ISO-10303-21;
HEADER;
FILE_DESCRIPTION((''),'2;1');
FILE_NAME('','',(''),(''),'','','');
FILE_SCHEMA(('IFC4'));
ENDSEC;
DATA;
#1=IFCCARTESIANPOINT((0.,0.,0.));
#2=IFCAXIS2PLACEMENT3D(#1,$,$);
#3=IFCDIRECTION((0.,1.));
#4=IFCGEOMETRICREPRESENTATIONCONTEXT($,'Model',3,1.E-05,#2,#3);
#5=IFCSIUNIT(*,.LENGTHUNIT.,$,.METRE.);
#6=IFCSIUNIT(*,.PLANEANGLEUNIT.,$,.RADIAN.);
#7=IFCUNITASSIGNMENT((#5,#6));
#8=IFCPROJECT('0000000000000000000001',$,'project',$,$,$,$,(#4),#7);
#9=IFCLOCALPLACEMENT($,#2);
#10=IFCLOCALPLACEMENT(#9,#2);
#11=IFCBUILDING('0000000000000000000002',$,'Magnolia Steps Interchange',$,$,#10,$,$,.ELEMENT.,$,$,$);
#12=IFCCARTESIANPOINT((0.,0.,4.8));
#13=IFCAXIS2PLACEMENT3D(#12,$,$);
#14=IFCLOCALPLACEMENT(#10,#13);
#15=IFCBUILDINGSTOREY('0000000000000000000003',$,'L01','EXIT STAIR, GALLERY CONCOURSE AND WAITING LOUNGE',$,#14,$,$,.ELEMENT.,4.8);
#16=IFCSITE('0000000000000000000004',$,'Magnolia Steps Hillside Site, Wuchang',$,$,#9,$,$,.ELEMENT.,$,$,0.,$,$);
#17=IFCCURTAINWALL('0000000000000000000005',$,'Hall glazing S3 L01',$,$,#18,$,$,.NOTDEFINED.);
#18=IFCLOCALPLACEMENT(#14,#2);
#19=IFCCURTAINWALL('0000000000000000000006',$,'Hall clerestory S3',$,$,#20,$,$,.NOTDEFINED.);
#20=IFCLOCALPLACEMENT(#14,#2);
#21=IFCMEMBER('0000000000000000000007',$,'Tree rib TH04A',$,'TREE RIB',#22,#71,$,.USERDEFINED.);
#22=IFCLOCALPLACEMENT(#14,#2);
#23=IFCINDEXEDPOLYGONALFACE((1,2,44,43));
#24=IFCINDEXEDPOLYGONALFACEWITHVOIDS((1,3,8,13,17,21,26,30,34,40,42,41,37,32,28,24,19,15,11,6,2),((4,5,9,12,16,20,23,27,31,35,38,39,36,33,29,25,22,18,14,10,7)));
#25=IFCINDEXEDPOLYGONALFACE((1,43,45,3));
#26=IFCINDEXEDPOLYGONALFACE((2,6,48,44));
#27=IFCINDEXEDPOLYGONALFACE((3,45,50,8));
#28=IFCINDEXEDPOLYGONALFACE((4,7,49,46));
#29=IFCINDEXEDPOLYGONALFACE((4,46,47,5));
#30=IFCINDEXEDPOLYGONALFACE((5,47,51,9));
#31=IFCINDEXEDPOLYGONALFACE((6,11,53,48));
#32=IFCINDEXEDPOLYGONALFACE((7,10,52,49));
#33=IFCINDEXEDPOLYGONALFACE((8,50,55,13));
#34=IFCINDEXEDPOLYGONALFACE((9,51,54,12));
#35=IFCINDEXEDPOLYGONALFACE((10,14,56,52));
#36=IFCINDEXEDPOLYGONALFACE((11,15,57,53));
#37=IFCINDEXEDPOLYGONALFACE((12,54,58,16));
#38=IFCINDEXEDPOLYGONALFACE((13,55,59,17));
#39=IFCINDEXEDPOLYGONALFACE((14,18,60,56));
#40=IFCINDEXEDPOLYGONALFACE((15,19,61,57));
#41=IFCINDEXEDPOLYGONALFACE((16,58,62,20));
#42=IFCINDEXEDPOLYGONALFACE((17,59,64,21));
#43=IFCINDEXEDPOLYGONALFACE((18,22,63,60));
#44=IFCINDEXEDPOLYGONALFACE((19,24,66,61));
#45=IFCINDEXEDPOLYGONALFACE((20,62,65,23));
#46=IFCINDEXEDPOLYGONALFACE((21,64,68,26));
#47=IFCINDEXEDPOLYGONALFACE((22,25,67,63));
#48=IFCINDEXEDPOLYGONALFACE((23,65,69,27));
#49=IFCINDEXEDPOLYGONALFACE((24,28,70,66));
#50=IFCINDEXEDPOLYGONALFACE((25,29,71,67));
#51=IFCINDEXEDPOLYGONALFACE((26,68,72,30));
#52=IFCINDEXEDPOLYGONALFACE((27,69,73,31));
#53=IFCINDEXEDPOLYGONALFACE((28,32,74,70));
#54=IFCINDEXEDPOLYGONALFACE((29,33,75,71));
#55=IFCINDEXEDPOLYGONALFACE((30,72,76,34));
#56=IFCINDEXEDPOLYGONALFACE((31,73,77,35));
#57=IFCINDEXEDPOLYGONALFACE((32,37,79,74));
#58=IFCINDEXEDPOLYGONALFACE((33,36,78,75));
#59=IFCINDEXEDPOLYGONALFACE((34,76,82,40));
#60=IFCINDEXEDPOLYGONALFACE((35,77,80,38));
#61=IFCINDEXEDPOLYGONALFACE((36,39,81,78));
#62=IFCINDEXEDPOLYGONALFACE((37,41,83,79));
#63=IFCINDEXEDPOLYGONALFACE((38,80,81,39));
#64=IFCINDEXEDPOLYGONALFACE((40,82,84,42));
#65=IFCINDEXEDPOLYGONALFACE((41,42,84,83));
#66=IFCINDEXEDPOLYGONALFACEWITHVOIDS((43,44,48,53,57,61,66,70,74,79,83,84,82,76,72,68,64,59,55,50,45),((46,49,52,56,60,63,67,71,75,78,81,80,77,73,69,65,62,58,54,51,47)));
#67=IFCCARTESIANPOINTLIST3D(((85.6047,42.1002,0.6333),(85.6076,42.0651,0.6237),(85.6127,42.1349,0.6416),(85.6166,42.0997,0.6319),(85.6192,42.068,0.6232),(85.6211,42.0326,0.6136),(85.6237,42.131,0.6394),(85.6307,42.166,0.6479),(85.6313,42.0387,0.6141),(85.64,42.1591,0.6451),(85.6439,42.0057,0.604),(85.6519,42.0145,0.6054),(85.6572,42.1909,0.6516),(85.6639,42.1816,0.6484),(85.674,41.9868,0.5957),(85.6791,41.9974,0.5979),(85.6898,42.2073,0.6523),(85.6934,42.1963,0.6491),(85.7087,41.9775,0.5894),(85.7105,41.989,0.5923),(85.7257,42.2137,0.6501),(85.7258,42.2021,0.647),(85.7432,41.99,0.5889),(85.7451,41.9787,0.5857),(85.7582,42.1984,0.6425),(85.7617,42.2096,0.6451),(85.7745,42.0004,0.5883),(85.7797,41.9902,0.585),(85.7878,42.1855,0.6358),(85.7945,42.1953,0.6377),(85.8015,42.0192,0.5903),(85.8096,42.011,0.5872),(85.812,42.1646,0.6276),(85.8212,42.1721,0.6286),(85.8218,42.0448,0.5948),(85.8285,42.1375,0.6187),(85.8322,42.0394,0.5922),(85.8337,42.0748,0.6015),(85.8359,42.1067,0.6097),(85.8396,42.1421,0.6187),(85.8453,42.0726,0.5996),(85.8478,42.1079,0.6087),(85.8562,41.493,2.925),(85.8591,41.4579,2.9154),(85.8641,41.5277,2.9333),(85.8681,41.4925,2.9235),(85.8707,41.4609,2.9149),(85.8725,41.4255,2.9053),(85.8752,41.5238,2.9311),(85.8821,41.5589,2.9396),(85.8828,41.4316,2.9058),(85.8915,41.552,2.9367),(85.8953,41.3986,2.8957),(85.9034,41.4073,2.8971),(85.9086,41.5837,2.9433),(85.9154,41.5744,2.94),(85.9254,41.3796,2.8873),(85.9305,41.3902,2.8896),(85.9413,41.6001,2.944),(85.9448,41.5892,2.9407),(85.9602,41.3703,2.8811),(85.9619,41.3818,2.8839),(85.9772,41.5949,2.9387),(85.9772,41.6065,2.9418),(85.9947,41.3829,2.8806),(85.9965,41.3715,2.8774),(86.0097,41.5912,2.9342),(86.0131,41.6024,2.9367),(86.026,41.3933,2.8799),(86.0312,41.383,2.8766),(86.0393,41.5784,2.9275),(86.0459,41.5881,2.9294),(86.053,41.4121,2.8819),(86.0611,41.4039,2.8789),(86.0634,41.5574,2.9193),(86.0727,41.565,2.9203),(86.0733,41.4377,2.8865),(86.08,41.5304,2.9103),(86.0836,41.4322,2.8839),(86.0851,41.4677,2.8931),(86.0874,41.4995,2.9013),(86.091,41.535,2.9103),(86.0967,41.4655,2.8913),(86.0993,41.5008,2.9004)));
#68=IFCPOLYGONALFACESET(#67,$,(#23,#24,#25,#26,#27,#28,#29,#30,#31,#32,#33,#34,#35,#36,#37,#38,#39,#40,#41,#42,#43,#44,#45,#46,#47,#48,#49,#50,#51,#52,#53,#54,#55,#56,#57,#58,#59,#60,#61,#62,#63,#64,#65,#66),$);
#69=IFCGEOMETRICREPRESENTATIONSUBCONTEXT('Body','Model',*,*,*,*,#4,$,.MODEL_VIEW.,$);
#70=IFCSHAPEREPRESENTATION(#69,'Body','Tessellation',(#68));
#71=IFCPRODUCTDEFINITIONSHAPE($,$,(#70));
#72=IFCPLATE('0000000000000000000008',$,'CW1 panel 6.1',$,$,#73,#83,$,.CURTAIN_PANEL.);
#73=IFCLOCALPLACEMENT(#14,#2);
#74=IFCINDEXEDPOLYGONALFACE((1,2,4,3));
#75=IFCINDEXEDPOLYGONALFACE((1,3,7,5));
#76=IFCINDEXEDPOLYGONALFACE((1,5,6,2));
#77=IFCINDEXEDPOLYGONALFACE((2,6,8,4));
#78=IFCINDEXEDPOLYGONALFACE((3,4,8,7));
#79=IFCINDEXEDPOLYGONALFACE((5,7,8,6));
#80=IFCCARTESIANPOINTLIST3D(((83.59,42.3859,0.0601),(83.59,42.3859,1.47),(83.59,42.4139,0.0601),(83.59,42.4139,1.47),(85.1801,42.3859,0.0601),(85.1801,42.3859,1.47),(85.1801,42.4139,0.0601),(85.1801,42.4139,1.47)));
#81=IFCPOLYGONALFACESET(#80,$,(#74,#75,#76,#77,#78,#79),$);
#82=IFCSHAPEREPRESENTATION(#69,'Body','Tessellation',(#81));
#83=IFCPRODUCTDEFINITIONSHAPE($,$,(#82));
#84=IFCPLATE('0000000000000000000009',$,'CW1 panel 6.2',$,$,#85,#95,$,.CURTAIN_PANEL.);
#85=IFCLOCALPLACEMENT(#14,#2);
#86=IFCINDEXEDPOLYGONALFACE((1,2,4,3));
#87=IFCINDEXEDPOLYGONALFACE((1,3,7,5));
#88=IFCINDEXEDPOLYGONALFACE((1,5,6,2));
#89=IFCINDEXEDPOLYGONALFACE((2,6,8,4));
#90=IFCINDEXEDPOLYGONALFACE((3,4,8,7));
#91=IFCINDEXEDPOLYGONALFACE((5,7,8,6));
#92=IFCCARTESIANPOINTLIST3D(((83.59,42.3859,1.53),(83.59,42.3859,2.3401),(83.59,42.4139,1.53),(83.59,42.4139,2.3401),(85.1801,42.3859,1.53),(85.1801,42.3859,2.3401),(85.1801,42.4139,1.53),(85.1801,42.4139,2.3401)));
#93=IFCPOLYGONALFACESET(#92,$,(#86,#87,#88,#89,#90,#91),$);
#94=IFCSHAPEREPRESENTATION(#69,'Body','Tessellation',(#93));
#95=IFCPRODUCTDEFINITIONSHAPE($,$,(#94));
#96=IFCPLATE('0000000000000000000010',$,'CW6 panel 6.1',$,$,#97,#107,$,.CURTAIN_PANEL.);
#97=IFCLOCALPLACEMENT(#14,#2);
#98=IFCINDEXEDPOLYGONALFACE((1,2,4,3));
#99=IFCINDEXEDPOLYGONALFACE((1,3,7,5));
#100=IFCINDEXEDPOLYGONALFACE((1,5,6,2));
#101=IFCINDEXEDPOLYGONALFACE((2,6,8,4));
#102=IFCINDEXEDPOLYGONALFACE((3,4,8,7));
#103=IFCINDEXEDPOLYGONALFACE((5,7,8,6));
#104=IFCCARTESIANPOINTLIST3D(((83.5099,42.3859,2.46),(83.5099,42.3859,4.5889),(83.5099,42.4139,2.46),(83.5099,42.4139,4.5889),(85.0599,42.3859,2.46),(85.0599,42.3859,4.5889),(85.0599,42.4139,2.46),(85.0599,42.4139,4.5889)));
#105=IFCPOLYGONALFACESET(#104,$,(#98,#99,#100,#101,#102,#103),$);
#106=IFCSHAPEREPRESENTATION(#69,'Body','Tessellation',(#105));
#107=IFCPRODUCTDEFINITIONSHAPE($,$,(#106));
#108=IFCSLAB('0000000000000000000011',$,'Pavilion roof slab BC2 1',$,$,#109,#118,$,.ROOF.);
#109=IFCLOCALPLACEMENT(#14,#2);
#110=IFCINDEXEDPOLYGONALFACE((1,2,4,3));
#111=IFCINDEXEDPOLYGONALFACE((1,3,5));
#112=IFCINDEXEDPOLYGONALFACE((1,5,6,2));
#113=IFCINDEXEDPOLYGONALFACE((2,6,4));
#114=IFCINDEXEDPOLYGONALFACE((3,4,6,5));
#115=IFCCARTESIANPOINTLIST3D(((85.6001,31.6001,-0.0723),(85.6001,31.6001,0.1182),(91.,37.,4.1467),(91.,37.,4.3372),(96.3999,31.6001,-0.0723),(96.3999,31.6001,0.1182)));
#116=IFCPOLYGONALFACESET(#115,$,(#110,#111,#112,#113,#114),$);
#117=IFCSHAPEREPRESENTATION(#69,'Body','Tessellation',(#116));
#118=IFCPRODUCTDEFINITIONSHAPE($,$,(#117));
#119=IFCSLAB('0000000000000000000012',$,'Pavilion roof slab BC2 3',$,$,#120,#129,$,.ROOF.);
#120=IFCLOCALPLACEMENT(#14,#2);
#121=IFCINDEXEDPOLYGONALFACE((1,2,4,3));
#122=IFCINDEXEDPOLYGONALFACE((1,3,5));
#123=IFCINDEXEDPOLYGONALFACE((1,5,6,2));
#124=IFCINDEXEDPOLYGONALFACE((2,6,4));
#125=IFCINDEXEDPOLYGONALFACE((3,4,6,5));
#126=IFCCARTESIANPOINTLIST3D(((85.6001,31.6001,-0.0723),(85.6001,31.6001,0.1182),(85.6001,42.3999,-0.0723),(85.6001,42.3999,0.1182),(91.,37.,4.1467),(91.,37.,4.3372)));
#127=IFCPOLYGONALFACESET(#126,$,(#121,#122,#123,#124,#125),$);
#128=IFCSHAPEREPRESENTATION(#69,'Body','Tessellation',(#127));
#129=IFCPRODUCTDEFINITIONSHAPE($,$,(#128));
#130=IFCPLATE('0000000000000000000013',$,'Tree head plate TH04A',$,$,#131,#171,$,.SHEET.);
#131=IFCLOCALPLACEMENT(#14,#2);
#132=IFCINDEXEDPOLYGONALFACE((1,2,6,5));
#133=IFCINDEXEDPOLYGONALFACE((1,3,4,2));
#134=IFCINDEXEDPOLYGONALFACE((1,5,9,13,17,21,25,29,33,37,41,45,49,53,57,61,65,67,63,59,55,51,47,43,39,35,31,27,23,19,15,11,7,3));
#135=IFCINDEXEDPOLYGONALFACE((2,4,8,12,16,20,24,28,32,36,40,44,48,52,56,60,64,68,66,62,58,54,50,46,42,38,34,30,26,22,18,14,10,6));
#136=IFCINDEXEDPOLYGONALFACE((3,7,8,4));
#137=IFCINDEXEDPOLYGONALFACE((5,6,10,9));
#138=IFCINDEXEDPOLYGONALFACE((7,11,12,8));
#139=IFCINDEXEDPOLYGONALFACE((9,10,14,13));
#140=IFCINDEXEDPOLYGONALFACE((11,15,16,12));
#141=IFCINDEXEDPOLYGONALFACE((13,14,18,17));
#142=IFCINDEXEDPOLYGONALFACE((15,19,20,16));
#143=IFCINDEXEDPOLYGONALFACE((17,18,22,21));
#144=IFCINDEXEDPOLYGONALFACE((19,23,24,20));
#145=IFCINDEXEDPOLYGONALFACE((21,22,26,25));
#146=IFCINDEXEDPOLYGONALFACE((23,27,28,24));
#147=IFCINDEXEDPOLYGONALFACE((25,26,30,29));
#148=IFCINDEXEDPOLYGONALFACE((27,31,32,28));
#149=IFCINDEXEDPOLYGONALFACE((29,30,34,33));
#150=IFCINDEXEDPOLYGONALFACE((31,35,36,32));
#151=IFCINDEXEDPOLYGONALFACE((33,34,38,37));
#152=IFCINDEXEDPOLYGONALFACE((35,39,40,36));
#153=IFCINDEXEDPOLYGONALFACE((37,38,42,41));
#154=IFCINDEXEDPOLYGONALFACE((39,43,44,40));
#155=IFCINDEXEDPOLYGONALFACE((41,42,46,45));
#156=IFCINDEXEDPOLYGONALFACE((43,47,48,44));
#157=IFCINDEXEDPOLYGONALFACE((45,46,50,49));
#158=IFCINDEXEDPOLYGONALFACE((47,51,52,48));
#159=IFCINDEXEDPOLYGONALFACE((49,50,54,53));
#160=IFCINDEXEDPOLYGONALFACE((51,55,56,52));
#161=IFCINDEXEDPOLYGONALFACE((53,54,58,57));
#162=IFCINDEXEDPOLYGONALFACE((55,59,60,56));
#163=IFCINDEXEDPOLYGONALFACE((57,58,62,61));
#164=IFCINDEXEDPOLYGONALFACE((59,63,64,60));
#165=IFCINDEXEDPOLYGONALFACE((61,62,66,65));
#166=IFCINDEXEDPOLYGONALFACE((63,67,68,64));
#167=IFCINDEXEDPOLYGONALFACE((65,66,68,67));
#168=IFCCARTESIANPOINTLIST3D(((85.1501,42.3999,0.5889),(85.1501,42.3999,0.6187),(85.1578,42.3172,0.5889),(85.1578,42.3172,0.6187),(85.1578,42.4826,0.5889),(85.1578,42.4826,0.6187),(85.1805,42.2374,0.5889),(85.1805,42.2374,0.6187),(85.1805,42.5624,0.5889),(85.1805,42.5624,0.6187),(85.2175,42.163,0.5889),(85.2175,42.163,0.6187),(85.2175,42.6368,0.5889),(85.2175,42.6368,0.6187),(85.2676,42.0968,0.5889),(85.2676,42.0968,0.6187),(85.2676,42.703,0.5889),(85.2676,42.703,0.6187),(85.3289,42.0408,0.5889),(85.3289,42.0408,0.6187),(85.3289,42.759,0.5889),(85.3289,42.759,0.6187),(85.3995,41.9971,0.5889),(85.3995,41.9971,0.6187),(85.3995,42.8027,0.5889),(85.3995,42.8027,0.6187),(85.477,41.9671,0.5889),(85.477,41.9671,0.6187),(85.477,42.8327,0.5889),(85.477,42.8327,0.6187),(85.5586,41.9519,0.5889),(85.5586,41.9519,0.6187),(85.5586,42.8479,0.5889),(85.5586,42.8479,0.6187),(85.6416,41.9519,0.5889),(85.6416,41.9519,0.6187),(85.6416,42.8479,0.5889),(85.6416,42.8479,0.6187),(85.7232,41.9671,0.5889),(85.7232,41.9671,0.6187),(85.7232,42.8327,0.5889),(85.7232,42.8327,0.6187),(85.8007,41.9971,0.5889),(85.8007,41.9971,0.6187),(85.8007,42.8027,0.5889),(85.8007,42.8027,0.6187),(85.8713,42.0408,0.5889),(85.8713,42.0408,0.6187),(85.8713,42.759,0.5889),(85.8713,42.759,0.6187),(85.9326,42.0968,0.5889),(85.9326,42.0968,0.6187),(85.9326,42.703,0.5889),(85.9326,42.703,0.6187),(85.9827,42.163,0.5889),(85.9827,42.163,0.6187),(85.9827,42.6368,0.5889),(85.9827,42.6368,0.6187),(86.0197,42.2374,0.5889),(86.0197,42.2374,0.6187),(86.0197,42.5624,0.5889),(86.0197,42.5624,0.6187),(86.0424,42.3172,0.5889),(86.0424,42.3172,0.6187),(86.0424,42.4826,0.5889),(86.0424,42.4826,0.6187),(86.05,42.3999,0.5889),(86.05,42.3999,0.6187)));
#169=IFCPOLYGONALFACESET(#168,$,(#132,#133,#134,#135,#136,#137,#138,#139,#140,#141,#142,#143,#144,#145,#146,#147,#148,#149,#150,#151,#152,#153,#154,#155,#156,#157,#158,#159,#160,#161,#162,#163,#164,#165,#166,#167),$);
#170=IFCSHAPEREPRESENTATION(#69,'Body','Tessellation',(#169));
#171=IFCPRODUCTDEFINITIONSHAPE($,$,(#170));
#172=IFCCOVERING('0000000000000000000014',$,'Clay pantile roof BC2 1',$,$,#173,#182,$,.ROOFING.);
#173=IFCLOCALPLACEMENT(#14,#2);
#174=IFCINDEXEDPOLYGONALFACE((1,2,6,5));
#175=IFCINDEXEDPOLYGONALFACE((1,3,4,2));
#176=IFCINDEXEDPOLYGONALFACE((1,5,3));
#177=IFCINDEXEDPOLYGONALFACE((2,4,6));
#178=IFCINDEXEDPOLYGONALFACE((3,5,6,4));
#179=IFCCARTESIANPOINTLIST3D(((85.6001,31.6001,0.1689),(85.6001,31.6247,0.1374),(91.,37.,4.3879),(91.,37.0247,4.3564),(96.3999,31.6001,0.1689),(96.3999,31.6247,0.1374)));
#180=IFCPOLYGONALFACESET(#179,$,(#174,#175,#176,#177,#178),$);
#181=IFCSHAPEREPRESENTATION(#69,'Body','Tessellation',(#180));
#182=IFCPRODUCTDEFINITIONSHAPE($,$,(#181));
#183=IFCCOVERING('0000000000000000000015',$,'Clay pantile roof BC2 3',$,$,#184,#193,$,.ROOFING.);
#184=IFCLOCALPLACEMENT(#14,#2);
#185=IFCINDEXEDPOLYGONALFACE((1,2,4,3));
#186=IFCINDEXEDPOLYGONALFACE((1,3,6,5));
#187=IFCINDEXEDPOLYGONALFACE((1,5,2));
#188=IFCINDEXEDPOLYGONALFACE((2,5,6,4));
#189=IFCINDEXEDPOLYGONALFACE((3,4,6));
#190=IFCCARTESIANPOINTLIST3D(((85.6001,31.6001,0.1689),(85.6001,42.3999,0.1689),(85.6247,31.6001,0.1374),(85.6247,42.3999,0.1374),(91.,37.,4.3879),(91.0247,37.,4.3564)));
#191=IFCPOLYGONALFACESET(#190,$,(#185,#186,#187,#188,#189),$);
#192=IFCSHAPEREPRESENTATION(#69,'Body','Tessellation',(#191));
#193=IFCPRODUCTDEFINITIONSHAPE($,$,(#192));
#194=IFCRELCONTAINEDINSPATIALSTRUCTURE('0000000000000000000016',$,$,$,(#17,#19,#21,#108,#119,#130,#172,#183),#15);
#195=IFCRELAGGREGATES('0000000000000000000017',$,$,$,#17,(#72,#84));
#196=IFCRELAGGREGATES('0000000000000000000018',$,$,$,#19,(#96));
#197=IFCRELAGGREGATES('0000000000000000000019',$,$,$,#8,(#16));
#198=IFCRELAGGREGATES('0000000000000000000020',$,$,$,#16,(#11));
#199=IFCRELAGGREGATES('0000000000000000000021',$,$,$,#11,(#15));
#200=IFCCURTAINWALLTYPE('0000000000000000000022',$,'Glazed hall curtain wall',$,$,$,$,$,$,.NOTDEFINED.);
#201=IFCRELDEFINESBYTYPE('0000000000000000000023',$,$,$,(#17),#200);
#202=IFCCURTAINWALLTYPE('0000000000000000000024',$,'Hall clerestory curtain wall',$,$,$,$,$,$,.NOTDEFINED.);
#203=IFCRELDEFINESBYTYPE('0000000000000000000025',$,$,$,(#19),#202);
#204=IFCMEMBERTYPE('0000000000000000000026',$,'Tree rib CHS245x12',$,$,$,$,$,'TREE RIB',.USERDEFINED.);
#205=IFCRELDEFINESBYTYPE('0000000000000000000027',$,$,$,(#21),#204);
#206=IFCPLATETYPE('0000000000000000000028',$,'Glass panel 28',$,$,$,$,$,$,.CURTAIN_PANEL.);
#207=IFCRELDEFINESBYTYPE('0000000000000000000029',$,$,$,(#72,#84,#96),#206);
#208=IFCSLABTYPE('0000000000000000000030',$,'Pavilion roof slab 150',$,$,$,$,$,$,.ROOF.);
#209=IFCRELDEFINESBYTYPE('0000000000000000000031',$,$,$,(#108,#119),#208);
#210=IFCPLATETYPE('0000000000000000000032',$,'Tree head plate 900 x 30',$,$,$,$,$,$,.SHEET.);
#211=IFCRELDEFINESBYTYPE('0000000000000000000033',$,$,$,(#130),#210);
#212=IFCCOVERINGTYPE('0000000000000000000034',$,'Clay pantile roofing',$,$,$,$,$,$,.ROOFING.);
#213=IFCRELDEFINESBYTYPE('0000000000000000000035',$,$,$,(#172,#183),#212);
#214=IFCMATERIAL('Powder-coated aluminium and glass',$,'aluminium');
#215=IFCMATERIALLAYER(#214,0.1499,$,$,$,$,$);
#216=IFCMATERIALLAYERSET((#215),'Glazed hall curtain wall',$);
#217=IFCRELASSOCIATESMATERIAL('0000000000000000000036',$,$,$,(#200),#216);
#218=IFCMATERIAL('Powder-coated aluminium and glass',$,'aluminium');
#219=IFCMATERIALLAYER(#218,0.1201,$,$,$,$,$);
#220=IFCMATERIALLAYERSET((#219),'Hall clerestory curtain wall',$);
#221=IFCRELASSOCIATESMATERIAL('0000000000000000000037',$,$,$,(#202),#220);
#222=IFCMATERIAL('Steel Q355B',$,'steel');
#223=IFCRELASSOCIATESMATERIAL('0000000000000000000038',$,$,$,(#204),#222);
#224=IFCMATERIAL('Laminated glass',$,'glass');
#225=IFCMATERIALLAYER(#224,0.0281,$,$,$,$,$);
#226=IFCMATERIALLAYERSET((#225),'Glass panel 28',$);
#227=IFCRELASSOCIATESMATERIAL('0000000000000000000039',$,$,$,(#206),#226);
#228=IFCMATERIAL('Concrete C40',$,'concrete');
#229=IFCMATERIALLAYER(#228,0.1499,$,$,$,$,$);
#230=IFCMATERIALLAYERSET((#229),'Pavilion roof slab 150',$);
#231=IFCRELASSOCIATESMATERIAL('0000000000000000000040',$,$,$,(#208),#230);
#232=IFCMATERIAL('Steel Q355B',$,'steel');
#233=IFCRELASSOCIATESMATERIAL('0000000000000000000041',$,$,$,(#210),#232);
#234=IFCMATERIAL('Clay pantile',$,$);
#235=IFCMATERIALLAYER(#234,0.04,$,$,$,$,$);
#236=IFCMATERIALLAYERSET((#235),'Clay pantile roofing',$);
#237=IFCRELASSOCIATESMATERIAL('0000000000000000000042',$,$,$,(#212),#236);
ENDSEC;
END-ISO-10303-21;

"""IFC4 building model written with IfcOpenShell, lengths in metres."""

from ifc_helpers import new_model, si_unit, direction, frame, origin, origin_2d, place, context, subcontext, project, spatial, polyline, rectangle, circle, hollow_circle, outline, extrude, material, layer, layer_set, material_profile, profile_set, type_object, element, aggregate, save


model = new_model("IFC4")

# Units and contexts
model_context = context("Model", 3, precision=1e-05, world=origin(), true_north=direction((0.0, 1.0)))
body_context = subcontext(model_context, "Body", "Model", "MODEL_VIEW")
ifc_project = project(units=[si_unit("LENGTHUNIT", "METRE"), si_unit("PLANEANGLEUNIT", "RADIAN")], contexts=[model_context])

# Site, building, storey
site_placement = place(None, origin())
site = spatial("IfcSite", under=ifc_project, at=site_placement, Name="Magnolia Steps Hillside Site, Wuchang", CompositionType="ELEMENT", RefElevation=0.0)
building_placement = place(site_placement, origin())
building = spatial("IfcBuilding", under=site, at=building_placement, Name="Magnolia Steps Interchange", CompositionType="ELEMENT")
storey_placement = place(building_placement, frame((0.0, 0.0, 4.8)))
storey = spatial("IfcBuildingStorey", under=building, at=storey_placement, Name="L01", Description="EXIT STAIR, GALLERY CONCOURSE AND WAITING LOUNGE", CompositionType="ELEMENT", Elevation=4.8)

# Curtain walls
ifc_material_1 = material(Name="Powder-coated aluminium and glass", Category="aluminium")
ifc_layer_1 = layer(ifc_material_1, 0.1499)
ifc_layer_set_1 = layer_set([ifc_layer_1], Name="Glazed hall curtain wall")
curtain_wall_type_1 = type_object("IfcCurtainWallType", Name="Glazed hall curtain wall", PredefinedType="NOTDEFINED", material=ifc_layer_set_1)
curtain_wall_1_placement = place(storey_placement, origin())
curtain_wall_1 = element("IfcCurtainWall", 1, at=curtain_wall_1_placement, inside=storey, type_object=curtain_wall_type_1, Name="Hall glazing S3 L01", PredefinedType="NOTDEFINED")
ifc_material_2 = material(Name="Powder-coated aluminium and glass", Category="aluminium")
ifc_layer_2 = layer(ifc_material_2, 0.1201)
ifc_layer_set_2 = layer_set([ifc_layer_2], Name="Hall clerestory curtain wall")
curtain_wall_type_2 = type_object("IfcCurtainWallType", Name="Hall clerestory curtain wall", PredefinedType="NOTDEFINED", material=ifc_layer_set_2)
curtain_wall_2_placement = place(storey_placement, origin())
curtain_wall_2 = element("IfcCurtainWall", 2, at=curtain_wall_2_placement, inside=storey, type_object=curtain_wall_type_2, Name="Hall clerestory S3", PredefinedType="NOTDEFINED")

# Member
ifc_material_3 = material(Name="Steel Q355B", Category="steel")
ifc_material_profile_1 = material_profile(ifc_material_3, hollow_circle(Radius=0.1226, WallThickness=0.012, at=origin_2d()), Name="CHS245x12")
ifc_profile_set_1 = profile_set([ifc_material_profile_1], Name="Steel Q355B")
member_type_1 = type_object("IfcMemberType", Name="Tree rib CHS245x12", ElementType="TREE RIB", PredefinedType="USERDEFINED", material=ifc_profile_set_1)
member_1_placement = place(storey_placement, frame((85.7263, 42.0952, 0.6187), z_axis=(0.105475, -0.254676, 0.961257), x_axis=(0.923899, 0.382636, 0.0)))
element("IfcMember", 3, at=member_1_placement, inside=storey, type_object=member_type_1, Name="Tree rib TH04A", ObjectType="TREE RIB", PredefinedType="USERDEFINED", context=body_context, shape_type="SweptSolid", body=[
    extrude(hollow_circle(Radius=0.1226, WallThickness=0.012, at=origin_2d()), origin(), (0.0, 0.0, 1.0), 2.384),
])

# Plates
ifc_material_4 = material(Name="Laminated glass", Category="glass")
ifc_layer_3 = layer(ifc_material_4, 0.0281)
ifc_layer_set_3 = layer_set([ifc_layer_3], Name="Glass panel 28")
plate_type_1 = type_object("IfcPlateType", Name="Glass panel 28", PredefinedType="CURTAIN_PANEL", material=ifc_layer_set_3)
plate_1_placement = place(storey_placement, frame((84.385, 42.3999, 0.0601), z_axis=(0.0, 0.0, 1.0), x_axis=(1.0, 0.0, 0.0)))
plate_1 = element("IfcPlate", 4, at=plate_1_placement, type_object=plate_type_1, Name="CW1 panel 6.1", PredefinedType="CURTAIN_PANEL", context=body_context, shape_type="SweptSolid", body=[
    extrude(rectangle(XDim=1.5901, YDim=0.0281, at=origin_2d()), origin(), (0.0, 0.0, 1.0), 1.4099),
])
plate_2_placement = place(storey_placement, frame((84.385, 42.3999, 1.53), z_axis=(0.0, 0.0, 1.0), x_axis=(1.0, 0.0, 0.0)))
plate_2 = element("IfcPlate", 5, at=plate_2_placement, type_object=plate_type_1, Name="CW1 panel 6.2", PredefinedType="CURTAIN_PANEL", context=body_context, shape_type="SweptSolid", body=[
    extrude(rectangle(XDim=1.5901, YDim=0.0281, at=origin_2d()), origin(), (0.0, 0.0, 1.0), 0.8101),
])
aggregate(curtain_wall_1, [plate_1, plate_2])
plate_3_placement = place(storey_placement, frame((84.2849, 42.3999, 2.46), z_axis=(0.0, 0.0, 1.0), x_axis=(1.0, 0.0, 0.0)))
plate_3 = element("IfcPlate", 6, at=plate_3_placement, type_object=plate_type_1, Name="CW6 panel 6.1", PredefinedType="CURTAIN_PANEL", context=body_context, shape_type="SweptSolid", body=[
    extrude(rectangle(XDim=1.55, YDim=0.0281, at=origin_2d()), origin(), (0.0, 0.0, 1.0), 2.1289),
])
aggregate(curtain_wall_2, [plate_3])

# Slabs
ifc_material_5 = material(Name="Concrete C40", Category="concrete")
ifc_layer_4 = layer(ifc_material_5, 0.1499)
ifc_layer_set_4 = layer_set([ifc_layer_4], Name="Pavilion roof slab 150")
slab_type = type_object("IfcSlabType", Name="Pavilion roof slab 150", PredefinedType="ROOF", material=ifc_layer_set_4)
for number, where, z_axis, x_axis, name in (
    (7, (85.6001, 31.6001, 0.1182), (0.0, -0.615673, 0.788002), (1.0, 0.0, 0.0), "Pavilion roof slab BC2 1"),
    (8, (85.6001, 42.3999, 0.1182), (-0.615673, 0.0, 0.788002), (0.0, -1.0, 0.0), "Pavilion roof slab BC2 3"),
):
    element("IfcSlab", number, at=place(storey_placement, frame(where, z_axis=z_axis, x_axis=x_axis)), inside=storey, type_object=slab_type, Name=name, PredefinedType="ROOF", context=body_context, shape_type="SweptSolid", body=[
        extrude(outline(polyline([(0.0, 0.0), (10.7998, 0.0), (5.3999, 6.8527), (0.0, 0.0)])), origin(), (0.0, -0.615673, -0.788002), 0.1904),
    ])

# Plate
ifc_material_6 = material(Name="Steel Q355B", Category="steel")
ifc_material_profile_2 = material_profile(ifc_material_6, circle(Radius=0.45, at=origin_2d()), Name="Tree head plate 900 x 30")
ifc_profile_set_2 = profile_set([ifc_material_profile_2], Name="Steel Q355B")
plate_type_2 = type_object("IfcPlateType", Name="Tree head plate 900 x 30", PredefinedType="SHEET", material=ifc_profile_set_2)
plate_4_placement = place(storey_placement, frame((85.6001, 42.3999, 0.5889), z_axis=(0.0, 0.0, 1.0), x_axis=(1.0, 0.0, 0.0)))
element("IfcPlate", 9, at=plate_4_placement, inside=storey, type_object=plate_type_2, Name="Tree head plate TH04A", PredefinedType="SHEET", context=body_context, shape_type="SweptSolid", body=[
    extrude(circle(Radius=0.45, at=origin_2d()), origin(), (0.0, 0.0, 1.0), 0.0298),
])

# Coverings
ifc_material_7 = material(Name="Clay pantile")
ifc_layer_5 = layer(ifc_material_7, 0.04)
ifc_layer_set_5 = layer_set([ifc_layer_5], Name="Clay pantile roofing")
covering_type = type_object("IfcCoveringType", Name="Clay pantile roofing", PredefinedType="ROOFING", material=ifc_layer_set_5)
for number, where, z_axis, x_axis, name in (
    (10, (85.6001, 31.6001, 0.1689), (0.0, -0.615673, 0.788002), (1.0, 0.0, 0.0), "Clay pantile roof BC2 1"),
    (11, (85.6001, 42.3999, 0.1689), (-0.615673, 0.0, 0.788002), (0.0, -1.0, 0.0), "Clay pantile roof BC2 3"),
):
    element("IfcCovering", number, at=place(storey_placement, frame(where, z_axis=z_axis, x_axis=x_axis)), inside=storey, type_object=covering_type, Name=name, PredefinedType="ROOFING", context=body_context, shape_type="SweptSolid", body=[
        extrude(outline(polyline([(0.0, 0.0), (10.7998, 0.0), (5.3999, 6.8527), (0.0, 0.0)])), origin(), (0.0, 0.0, -1.0), 0.04),
    ])

save(model, "model.ifc")
